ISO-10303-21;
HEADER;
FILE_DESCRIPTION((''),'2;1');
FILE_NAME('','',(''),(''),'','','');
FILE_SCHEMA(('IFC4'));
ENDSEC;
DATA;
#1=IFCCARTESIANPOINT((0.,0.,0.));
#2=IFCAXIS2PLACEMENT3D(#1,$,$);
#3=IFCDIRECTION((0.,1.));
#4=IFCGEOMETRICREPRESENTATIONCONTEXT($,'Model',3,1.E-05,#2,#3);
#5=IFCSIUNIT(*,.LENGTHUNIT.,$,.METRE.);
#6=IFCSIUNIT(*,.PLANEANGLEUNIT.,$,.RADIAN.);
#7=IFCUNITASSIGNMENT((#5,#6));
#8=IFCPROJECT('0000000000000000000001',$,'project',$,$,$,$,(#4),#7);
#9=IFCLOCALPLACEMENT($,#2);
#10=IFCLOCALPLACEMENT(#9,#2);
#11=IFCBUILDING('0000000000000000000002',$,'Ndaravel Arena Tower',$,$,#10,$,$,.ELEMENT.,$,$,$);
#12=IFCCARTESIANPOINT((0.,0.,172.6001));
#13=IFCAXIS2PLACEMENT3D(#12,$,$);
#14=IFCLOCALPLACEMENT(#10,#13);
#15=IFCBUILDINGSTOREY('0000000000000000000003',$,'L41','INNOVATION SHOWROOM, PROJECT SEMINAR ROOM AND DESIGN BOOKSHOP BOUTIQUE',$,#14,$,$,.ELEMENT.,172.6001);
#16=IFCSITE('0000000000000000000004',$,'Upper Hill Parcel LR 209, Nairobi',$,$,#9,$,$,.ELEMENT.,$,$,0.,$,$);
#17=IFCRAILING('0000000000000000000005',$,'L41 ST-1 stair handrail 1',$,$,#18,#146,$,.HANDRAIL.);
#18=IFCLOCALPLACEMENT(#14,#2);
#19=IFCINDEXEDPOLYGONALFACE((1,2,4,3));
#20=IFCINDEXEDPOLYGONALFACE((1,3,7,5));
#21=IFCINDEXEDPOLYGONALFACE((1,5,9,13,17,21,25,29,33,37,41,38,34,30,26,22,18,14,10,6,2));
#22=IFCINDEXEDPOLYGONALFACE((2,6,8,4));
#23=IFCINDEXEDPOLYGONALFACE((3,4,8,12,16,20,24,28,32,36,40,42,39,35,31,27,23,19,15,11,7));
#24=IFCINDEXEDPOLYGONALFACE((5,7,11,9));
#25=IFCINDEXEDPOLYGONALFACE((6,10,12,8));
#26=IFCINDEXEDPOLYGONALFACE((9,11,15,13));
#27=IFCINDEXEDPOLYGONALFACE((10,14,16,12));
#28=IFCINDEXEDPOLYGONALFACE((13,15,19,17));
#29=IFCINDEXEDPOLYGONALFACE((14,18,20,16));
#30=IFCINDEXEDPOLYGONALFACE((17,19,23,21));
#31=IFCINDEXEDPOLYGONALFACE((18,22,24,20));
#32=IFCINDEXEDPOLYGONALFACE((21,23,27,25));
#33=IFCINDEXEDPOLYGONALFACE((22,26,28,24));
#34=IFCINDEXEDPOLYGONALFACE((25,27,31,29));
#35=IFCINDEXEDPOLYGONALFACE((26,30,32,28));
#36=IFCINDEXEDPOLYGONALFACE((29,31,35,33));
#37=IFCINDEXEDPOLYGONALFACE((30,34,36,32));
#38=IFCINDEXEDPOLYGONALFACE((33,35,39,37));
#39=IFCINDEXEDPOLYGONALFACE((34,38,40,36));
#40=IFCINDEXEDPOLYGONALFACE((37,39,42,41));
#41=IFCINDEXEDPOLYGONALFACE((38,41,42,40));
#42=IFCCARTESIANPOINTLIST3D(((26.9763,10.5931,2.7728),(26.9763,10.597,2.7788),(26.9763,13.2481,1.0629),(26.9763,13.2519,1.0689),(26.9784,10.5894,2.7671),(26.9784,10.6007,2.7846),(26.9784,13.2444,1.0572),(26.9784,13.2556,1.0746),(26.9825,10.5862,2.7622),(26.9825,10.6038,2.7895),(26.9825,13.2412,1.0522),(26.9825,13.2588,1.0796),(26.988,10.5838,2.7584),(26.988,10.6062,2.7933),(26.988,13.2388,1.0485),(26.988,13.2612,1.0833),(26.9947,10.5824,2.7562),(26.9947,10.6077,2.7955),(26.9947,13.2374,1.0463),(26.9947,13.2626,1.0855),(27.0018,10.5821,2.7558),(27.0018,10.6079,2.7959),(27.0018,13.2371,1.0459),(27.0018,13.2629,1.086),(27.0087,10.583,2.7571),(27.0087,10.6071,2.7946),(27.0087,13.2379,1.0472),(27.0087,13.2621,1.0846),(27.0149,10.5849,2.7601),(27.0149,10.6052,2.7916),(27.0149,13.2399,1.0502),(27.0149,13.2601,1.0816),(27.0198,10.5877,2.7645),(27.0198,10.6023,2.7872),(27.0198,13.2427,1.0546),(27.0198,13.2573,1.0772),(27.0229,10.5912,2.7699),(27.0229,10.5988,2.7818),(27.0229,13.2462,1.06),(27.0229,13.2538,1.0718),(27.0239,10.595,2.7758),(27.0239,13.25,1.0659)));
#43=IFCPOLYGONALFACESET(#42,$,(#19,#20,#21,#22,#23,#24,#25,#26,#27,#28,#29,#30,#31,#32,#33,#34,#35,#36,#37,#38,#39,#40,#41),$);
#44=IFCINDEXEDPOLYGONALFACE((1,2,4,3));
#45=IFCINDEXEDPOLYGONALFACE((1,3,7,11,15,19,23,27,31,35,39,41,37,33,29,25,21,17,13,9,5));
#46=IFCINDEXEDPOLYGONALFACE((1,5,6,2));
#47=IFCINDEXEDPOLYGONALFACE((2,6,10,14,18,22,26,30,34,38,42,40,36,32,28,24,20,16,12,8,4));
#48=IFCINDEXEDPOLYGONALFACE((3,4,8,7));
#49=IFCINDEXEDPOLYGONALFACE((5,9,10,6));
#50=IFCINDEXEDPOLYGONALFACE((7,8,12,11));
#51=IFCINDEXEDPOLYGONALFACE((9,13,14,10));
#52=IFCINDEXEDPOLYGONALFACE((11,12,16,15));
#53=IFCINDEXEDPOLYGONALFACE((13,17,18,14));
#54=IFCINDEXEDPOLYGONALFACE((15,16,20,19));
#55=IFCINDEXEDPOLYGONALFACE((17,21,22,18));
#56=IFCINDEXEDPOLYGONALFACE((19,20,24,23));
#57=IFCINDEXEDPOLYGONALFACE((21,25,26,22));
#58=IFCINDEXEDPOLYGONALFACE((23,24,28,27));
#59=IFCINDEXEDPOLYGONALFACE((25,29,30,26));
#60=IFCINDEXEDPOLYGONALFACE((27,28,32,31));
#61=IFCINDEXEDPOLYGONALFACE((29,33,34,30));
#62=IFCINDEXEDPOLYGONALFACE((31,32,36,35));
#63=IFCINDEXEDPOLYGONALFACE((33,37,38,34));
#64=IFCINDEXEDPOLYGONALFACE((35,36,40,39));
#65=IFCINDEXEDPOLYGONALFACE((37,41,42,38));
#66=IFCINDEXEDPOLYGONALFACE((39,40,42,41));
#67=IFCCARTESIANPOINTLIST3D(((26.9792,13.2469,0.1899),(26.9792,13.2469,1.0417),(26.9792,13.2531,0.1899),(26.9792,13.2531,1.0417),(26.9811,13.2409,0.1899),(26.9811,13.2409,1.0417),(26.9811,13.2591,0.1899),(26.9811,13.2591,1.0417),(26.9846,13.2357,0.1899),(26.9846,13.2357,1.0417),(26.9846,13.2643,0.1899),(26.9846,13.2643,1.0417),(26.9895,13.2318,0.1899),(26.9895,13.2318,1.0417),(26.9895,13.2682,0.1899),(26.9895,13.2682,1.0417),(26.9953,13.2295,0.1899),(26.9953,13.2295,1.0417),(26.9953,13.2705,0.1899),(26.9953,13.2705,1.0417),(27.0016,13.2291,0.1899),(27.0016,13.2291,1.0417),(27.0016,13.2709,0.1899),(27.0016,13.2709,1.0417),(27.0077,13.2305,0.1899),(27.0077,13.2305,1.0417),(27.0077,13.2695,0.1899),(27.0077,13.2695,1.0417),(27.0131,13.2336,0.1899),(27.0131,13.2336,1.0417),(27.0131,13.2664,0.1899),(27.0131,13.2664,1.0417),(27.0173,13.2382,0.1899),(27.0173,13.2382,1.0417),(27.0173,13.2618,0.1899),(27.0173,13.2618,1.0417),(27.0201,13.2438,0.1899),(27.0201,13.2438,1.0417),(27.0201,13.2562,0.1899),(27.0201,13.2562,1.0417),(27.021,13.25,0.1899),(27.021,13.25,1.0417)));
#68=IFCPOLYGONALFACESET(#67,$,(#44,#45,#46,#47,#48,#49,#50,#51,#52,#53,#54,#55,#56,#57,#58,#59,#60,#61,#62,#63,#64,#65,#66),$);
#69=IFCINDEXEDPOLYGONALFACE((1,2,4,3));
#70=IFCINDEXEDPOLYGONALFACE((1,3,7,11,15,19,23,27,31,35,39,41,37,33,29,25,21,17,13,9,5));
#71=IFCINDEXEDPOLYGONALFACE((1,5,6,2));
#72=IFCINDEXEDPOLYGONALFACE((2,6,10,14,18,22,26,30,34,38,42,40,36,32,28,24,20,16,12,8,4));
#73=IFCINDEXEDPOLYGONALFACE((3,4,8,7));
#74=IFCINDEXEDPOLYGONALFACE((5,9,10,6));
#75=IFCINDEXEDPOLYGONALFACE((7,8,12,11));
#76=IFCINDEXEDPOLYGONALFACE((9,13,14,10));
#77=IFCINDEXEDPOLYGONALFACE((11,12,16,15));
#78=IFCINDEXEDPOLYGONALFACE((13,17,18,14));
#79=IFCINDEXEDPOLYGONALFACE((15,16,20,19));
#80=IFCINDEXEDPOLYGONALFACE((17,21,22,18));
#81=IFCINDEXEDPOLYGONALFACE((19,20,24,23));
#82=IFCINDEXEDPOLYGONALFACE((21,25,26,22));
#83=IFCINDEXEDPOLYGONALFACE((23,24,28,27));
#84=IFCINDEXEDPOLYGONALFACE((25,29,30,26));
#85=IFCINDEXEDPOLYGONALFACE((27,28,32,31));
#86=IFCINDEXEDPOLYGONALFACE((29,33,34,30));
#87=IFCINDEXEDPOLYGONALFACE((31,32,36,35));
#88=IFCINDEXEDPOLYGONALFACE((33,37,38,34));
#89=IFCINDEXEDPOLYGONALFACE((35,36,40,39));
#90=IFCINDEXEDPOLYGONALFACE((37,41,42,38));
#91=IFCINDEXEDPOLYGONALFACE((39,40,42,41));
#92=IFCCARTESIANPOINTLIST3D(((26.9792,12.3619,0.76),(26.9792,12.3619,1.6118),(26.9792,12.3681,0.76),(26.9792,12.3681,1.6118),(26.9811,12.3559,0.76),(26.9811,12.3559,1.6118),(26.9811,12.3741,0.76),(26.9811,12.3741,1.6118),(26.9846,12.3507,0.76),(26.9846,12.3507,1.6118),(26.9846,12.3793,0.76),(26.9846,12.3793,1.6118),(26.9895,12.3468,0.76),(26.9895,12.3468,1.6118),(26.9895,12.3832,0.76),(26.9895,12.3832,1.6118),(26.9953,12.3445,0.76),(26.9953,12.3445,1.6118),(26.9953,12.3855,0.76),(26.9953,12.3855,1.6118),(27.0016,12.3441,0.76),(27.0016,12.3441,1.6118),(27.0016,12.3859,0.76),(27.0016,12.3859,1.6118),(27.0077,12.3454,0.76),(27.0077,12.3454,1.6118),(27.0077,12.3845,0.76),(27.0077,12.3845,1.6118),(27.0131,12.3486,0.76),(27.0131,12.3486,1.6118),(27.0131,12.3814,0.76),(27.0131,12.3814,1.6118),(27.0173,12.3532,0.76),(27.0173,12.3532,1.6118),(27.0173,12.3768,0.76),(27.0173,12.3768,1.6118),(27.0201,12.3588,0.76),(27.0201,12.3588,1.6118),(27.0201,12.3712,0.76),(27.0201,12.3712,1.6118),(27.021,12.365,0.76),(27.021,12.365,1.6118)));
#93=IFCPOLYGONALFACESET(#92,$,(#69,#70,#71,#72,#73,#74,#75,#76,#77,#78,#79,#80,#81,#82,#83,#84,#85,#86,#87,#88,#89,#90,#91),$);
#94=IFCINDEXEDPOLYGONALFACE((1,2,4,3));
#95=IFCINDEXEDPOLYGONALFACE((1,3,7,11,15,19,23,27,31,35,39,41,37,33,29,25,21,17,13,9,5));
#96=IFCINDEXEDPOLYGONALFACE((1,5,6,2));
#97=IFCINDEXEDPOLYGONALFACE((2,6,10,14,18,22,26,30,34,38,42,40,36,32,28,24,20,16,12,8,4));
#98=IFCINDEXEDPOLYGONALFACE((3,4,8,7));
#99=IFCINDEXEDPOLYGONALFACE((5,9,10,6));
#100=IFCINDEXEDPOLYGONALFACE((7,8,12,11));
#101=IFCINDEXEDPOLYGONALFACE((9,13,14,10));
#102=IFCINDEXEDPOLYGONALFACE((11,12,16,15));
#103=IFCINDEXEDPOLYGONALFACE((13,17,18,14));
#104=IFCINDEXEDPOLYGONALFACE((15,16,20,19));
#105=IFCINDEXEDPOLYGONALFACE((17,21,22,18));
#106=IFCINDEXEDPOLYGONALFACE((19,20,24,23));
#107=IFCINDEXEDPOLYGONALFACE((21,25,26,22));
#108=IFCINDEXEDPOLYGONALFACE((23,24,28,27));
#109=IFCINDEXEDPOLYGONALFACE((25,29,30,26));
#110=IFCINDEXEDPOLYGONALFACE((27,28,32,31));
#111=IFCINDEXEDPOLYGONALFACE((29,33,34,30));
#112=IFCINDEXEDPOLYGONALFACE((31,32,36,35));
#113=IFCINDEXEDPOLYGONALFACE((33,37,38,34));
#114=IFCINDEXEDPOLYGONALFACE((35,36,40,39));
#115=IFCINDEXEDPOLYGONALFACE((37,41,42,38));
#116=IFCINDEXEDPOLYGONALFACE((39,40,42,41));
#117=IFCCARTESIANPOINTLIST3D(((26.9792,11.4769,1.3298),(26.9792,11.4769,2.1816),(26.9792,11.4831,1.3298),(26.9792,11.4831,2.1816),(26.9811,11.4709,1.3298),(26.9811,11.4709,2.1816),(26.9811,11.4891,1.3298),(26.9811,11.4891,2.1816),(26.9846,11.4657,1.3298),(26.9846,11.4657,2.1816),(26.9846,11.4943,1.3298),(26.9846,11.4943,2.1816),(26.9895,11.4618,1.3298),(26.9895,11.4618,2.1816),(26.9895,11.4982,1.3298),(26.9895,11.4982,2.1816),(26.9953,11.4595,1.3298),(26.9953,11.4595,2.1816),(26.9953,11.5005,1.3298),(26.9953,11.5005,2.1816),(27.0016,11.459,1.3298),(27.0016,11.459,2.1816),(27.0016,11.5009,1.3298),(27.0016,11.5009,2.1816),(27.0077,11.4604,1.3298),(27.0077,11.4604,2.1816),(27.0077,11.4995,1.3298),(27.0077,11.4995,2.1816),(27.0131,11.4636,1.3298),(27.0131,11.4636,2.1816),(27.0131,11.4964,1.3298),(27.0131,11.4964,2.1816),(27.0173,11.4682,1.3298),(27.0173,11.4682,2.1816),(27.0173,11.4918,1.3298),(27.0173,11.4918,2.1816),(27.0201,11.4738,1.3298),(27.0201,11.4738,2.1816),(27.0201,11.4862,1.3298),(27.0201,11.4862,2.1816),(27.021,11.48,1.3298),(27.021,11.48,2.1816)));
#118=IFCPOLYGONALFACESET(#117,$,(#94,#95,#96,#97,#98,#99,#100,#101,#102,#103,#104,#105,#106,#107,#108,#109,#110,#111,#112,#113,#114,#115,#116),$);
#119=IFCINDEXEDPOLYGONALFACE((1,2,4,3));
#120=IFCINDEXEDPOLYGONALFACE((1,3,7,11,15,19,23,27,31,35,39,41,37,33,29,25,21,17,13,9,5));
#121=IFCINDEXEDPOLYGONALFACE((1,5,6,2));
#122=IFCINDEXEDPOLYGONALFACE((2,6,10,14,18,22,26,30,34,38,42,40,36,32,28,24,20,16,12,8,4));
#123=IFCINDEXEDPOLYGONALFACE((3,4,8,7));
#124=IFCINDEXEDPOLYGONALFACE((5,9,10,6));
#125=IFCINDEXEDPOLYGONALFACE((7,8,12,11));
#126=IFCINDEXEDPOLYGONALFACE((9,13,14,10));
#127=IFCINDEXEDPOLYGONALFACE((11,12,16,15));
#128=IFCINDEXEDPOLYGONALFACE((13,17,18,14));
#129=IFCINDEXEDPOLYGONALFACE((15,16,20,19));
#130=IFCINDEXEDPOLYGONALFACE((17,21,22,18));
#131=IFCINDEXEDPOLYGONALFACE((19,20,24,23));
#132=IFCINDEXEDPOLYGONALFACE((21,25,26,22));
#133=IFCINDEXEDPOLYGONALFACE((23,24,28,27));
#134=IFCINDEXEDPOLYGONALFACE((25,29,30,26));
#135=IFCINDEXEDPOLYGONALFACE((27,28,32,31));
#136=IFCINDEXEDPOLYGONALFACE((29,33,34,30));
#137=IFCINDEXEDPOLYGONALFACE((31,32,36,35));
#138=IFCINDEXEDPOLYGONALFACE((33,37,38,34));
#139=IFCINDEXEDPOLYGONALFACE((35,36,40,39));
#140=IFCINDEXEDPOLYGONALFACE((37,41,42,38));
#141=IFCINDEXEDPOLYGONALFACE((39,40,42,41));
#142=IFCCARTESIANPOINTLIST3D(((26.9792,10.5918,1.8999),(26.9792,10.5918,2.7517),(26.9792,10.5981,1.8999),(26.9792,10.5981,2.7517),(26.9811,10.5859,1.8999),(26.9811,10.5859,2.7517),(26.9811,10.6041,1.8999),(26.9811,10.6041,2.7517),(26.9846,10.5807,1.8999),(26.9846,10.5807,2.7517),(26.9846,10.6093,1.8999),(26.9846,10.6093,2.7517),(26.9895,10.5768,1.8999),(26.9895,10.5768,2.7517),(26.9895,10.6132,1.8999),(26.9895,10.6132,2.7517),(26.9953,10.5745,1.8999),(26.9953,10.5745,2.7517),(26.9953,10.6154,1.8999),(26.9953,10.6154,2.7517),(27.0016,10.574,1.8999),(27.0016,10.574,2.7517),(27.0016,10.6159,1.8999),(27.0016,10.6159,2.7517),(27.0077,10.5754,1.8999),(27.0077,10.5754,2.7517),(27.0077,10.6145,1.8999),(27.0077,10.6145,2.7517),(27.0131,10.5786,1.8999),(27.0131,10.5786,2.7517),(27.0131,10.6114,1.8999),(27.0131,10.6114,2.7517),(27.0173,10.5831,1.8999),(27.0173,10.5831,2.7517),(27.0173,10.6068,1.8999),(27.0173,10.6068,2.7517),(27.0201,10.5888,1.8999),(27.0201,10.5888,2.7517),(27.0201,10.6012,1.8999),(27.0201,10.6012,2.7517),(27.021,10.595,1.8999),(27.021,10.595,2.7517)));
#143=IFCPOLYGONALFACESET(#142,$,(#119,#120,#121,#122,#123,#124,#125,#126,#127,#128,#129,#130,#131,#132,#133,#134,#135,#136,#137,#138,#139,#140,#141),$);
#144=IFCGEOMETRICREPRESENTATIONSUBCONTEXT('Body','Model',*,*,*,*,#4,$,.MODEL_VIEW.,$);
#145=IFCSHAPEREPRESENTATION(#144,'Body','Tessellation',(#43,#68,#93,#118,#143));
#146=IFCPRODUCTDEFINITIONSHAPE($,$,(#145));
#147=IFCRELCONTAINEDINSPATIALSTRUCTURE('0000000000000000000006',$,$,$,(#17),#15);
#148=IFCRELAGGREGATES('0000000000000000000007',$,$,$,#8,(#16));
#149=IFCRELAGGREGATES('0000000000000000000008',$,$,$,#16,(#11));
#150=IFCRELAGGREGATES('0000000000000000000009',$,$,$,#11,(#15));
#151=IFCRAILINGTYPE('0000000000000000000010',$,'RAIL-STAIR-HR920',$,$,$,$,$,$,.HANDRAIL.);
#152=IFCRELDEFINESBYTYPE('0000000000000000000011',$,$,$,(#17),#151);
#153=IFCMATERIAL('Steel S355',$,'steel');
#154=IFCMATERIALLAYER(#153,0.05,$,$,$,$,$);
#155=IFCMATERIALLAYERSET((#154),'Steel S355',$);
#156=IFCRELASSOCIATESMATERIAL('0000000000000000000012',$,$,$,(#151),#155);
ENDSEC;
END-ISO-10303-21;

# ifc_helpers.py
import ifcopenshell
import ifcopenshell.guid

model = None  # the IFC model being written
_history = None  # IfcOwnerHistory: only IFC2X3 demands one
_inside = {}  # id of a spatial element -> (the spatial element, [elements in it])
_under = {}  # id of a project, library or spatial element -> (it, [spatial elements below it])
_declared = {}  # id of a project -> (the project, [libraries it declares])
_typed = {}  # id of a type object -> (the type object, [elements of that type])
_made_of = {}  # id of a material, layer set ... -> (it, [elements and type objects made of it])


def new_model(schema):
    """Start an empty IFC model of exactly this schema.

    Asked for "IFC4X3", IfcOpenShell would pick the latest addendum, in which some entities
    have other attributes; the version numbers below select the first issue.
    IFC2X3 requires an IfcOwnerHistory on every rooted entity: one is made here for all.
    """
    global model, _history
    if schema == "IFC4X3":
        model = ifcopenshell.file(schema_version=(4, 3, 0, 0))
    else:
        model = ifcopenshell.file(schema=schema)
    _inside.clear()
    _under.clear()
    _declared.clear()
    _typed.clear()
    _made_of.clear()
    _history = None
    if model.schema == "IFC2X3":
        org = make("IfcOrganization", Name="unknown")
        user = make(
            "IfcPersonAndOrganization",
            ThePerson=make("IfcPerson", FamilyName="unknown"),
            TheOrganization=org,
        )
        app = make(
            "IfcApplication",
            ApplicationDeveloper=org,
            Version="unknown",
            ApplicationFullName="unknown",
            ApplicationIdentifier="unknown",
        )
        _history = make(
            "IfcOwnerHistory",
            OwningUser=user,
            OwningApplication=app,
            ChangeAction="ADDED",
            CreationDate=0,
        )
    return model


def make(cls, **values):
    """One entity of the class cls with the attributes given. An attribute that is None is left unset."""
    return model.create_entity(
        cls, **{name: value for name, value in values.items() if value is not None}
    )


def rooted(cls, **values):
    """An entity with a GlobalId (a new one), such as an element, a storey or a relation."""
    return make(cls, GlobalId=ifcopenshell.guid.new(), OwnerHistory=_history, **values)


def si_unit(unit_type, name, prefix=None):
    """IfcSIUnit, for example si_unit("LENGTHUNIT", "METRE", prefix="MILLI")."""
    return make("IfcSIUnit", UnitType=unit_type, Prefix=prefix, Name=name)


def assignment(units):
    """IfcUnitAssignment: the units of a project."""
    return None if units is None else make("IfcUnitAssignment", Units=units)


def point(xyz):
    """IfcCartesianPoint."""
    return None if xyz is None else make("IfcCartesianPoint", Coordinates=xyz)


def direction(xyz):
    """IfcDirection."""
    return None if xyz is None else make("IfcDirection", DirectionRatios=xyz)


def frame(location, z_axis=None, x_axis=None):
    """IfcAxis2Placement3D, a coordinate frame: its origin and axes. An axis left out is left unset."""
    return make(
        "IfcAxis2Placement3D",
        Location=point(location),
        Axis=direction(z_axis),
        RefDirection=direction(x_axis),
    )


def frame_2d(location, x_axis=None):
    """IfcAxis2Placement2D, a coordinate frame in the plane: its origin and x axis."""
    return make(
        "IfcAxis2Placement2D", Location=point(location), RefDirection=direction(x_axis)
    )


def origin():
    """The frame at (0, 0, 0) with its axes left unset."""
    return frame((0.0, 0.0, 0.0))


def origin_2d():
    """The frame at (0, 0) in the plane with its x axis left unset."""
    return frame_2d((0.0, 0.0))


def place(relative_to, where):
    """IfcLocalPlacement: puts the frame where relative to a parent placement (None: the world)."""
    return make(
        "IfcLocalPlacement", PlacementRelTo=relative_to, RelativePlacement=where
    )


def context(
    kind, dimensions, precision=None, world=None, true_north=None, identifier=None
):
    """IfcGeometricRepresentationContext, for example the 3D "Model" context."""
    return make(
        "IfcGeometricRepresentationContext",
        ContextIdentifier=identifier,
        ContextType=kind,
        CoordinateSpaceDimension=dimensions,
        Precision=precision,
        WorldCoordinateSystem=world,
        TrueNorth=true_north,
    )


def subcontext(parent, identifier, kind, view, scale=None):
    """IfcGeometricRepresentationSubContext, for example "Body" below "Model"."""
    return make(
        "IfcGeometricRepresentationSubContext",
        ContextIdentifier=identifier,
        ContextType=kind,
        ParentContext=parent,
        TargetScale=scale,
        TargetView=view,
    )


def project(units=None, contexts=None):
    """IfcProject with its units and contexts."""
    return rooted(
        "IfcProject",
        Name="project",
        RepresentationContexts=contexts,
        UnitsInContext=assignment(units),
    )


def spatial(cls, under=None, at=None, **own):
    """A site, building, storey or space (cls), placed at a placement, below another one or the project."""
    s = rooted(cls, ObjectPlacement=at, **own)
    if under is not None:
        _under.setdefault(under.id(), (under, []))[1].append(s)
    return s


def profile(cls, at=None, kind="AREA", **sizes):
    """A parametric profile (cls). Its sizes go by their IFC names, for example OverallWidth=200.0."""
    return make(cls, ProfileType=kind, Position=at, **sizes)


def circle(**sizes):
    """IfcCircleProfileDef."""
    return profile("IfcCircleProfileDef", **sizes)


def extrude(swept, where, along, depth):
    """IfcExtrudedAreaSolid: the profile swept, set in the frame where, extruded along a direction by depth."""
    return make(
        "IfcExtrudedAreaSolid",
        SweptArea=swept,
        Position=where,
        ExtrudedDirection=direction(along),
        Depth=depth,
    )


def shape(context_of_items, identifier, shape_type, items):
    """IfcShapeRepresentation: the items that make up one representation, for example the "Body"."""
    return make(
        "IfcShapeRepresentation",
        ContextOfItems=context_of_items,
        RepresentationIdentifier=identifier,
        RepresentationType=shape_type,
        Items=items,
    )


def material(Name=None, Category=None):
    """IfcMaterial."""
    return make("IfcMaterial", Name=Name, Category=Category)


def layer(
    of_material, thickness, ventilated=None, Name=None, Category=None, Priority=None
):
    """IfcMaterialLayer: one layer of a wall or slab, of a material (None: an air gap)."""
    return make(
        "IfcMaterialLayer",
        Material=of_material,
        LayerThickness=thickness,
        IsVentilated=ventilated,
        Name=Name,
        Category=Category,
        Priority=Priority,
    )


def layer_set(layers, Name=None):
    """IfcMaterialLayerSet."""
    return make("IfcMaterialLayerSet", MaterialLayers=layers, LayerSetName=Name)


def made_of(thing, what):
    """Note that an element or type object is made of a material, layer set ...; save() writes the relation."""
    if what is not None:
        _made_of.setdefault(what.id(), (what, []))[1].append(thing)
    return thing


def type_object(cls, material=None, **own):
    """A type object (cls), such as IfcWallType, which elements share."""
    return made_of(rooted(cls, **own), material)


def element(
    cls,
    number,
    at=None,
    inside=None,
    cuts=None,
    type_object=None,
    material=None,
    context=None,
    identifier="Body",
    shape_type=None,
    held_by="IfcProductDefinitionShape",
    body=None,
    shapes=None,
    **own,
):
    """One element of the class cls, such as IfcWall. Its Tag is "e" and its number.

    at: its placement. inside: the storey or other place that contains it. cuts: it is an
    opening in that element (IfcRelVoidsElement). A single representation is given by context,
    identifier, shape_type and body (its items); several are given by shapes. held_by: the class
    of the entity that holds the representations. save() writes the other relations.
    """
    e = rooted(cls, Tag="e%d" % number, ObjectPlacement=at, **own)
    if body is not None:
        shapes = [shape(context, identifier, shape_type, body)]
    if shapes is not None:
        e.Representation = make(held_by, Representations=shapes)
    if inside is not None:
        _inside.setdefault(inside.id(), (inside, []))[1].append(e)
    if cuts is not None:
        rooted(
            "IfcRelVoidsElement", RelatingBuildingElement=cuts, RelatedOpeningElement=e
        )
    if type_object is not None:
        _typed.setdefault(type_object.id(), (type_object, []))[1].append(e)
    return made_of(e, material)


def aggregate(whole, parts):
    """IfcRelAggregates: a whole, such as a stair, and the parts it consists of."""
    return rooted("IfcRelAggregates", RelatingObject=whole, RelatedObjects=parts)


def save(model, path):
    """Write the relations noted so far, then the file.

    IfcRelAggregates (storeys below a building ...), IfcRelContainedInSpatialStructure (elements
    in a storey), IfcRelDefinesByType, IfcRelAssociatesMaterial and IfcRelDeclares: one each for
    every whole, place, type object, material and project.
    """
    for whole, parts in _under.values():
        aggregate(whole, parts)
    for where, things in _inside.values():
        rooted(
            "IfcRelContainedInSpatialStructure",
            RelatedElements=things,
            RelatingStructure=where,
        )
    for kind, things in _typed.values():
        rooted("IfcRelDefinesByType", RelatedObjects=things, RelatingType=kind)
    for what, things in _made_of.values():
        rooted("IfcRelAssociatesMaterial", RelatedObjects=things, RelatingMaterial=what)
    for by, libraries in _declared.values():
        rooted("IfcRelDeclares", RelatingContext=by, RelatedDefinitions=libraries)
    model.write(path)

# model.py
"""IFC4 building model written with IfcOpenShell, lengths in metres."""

from ifc_helpers import new_model, si_unit, direction, frame, origin, origin_2d, place, context, subcontext, project, spatial, circle, extrude, material, layer, layer_set, type_object, element, save


model = new_model("IFC4")

# Units and contexts
model_context = context("Model", 3, precision=1e-05, world=origin(), true_north=direction((0.0, 1.0)))
body_context = subcontext(model_context, "Body", "Model", "MODEL_VIEW")
ifc_project = project(units=[si_unit("LENGTHUNIT", "METRE"), si_unit("PLANEANGLEUNIT", "RADIAN")], contexts=[model_context])

# Site, building, storey
site_placement = place(None, origin())
site = spatial("IfcSite", under=ifc_project, at=site_placement, Name="Upper Hill Parcel LR 209, Nairobi", CompositionType="ELEMENT", RefElevation=0.0)
building_placement = place(site_placement, origin())
building = spatial("IfcBuilding", under=site, at=building_placement, Name="Ndaravel Arena Tower", CompositionType="ELEMENT")
storey_placement = place(building_placement, frame((0.0, 0.0, 172.6001)))
storey = spatial("IfcBuildingStorey", under=building, at=storey_placement, Name="L41", Description="INNOVATION SHOWROOM, PROJECT SEMINAR ROOM AND DESIGN BOOKSHOP BOUTIQUE", CompositionType="ELEMENT", Elevation=172.6001)

# Railing
ifc_material_1 = material(Name="Steel S355", Category="steel")
ifc_layer_1 = layer(ifc_material_1, 0.05)
ifc_layer_set_1 = layer_set([ifc_layer_1], Name="Steel S355")
railing_type_1 = type_object("IfcRailingType", Name="RAIL-STAIR-HR920", PredefinedType="HANDRAIL", material=ifc_layer_set_1)
railing_1_placement = place(storey_placement, frame((27.0, 13.25, 0.1899)))
element("IfcRailing", 1, at=railing_1_placement, inside=storey, type_object=railing_type_1, Name="L41 ST-1 stair handrail 1", PredefinedType="HANDRAIL", context=body_context, shape_type="SweptSolid", body=[
    extrude(circle(Radius=0.0239, at=origin_2d()), frame((0.0, 0.0, 0.876), z_axis=(0.0, -0.840724, 0.541465), x_axis=(1.0, 0.0, 0.0)), (0.0, 0.0, 1.0), 3.158),
    extrude(circle(Radius=0.021, at=origin_2d()), origin(), (0.0, 0.0, 1.0), 0.8518),
    extrude(circle(Radius=0.021, at=origin_2d()), frame((0.0, -0.885, 0.5701)), (0.0, 0.0, 1.0), 0.8518),
    extrude(circle(Radius=0.021, at=origin_2d()), frame((0.0, -1.77, 1.1399)), (0.0, 0.0, 1.0), 0.8518),
    extrude(circle(Radius=0.021, at=origin_2d()), frame((0.0, -2.655, 1.71)), (0.0, 0.0, 1.0), 0.8518),
])

save(model, "model.ifc")
